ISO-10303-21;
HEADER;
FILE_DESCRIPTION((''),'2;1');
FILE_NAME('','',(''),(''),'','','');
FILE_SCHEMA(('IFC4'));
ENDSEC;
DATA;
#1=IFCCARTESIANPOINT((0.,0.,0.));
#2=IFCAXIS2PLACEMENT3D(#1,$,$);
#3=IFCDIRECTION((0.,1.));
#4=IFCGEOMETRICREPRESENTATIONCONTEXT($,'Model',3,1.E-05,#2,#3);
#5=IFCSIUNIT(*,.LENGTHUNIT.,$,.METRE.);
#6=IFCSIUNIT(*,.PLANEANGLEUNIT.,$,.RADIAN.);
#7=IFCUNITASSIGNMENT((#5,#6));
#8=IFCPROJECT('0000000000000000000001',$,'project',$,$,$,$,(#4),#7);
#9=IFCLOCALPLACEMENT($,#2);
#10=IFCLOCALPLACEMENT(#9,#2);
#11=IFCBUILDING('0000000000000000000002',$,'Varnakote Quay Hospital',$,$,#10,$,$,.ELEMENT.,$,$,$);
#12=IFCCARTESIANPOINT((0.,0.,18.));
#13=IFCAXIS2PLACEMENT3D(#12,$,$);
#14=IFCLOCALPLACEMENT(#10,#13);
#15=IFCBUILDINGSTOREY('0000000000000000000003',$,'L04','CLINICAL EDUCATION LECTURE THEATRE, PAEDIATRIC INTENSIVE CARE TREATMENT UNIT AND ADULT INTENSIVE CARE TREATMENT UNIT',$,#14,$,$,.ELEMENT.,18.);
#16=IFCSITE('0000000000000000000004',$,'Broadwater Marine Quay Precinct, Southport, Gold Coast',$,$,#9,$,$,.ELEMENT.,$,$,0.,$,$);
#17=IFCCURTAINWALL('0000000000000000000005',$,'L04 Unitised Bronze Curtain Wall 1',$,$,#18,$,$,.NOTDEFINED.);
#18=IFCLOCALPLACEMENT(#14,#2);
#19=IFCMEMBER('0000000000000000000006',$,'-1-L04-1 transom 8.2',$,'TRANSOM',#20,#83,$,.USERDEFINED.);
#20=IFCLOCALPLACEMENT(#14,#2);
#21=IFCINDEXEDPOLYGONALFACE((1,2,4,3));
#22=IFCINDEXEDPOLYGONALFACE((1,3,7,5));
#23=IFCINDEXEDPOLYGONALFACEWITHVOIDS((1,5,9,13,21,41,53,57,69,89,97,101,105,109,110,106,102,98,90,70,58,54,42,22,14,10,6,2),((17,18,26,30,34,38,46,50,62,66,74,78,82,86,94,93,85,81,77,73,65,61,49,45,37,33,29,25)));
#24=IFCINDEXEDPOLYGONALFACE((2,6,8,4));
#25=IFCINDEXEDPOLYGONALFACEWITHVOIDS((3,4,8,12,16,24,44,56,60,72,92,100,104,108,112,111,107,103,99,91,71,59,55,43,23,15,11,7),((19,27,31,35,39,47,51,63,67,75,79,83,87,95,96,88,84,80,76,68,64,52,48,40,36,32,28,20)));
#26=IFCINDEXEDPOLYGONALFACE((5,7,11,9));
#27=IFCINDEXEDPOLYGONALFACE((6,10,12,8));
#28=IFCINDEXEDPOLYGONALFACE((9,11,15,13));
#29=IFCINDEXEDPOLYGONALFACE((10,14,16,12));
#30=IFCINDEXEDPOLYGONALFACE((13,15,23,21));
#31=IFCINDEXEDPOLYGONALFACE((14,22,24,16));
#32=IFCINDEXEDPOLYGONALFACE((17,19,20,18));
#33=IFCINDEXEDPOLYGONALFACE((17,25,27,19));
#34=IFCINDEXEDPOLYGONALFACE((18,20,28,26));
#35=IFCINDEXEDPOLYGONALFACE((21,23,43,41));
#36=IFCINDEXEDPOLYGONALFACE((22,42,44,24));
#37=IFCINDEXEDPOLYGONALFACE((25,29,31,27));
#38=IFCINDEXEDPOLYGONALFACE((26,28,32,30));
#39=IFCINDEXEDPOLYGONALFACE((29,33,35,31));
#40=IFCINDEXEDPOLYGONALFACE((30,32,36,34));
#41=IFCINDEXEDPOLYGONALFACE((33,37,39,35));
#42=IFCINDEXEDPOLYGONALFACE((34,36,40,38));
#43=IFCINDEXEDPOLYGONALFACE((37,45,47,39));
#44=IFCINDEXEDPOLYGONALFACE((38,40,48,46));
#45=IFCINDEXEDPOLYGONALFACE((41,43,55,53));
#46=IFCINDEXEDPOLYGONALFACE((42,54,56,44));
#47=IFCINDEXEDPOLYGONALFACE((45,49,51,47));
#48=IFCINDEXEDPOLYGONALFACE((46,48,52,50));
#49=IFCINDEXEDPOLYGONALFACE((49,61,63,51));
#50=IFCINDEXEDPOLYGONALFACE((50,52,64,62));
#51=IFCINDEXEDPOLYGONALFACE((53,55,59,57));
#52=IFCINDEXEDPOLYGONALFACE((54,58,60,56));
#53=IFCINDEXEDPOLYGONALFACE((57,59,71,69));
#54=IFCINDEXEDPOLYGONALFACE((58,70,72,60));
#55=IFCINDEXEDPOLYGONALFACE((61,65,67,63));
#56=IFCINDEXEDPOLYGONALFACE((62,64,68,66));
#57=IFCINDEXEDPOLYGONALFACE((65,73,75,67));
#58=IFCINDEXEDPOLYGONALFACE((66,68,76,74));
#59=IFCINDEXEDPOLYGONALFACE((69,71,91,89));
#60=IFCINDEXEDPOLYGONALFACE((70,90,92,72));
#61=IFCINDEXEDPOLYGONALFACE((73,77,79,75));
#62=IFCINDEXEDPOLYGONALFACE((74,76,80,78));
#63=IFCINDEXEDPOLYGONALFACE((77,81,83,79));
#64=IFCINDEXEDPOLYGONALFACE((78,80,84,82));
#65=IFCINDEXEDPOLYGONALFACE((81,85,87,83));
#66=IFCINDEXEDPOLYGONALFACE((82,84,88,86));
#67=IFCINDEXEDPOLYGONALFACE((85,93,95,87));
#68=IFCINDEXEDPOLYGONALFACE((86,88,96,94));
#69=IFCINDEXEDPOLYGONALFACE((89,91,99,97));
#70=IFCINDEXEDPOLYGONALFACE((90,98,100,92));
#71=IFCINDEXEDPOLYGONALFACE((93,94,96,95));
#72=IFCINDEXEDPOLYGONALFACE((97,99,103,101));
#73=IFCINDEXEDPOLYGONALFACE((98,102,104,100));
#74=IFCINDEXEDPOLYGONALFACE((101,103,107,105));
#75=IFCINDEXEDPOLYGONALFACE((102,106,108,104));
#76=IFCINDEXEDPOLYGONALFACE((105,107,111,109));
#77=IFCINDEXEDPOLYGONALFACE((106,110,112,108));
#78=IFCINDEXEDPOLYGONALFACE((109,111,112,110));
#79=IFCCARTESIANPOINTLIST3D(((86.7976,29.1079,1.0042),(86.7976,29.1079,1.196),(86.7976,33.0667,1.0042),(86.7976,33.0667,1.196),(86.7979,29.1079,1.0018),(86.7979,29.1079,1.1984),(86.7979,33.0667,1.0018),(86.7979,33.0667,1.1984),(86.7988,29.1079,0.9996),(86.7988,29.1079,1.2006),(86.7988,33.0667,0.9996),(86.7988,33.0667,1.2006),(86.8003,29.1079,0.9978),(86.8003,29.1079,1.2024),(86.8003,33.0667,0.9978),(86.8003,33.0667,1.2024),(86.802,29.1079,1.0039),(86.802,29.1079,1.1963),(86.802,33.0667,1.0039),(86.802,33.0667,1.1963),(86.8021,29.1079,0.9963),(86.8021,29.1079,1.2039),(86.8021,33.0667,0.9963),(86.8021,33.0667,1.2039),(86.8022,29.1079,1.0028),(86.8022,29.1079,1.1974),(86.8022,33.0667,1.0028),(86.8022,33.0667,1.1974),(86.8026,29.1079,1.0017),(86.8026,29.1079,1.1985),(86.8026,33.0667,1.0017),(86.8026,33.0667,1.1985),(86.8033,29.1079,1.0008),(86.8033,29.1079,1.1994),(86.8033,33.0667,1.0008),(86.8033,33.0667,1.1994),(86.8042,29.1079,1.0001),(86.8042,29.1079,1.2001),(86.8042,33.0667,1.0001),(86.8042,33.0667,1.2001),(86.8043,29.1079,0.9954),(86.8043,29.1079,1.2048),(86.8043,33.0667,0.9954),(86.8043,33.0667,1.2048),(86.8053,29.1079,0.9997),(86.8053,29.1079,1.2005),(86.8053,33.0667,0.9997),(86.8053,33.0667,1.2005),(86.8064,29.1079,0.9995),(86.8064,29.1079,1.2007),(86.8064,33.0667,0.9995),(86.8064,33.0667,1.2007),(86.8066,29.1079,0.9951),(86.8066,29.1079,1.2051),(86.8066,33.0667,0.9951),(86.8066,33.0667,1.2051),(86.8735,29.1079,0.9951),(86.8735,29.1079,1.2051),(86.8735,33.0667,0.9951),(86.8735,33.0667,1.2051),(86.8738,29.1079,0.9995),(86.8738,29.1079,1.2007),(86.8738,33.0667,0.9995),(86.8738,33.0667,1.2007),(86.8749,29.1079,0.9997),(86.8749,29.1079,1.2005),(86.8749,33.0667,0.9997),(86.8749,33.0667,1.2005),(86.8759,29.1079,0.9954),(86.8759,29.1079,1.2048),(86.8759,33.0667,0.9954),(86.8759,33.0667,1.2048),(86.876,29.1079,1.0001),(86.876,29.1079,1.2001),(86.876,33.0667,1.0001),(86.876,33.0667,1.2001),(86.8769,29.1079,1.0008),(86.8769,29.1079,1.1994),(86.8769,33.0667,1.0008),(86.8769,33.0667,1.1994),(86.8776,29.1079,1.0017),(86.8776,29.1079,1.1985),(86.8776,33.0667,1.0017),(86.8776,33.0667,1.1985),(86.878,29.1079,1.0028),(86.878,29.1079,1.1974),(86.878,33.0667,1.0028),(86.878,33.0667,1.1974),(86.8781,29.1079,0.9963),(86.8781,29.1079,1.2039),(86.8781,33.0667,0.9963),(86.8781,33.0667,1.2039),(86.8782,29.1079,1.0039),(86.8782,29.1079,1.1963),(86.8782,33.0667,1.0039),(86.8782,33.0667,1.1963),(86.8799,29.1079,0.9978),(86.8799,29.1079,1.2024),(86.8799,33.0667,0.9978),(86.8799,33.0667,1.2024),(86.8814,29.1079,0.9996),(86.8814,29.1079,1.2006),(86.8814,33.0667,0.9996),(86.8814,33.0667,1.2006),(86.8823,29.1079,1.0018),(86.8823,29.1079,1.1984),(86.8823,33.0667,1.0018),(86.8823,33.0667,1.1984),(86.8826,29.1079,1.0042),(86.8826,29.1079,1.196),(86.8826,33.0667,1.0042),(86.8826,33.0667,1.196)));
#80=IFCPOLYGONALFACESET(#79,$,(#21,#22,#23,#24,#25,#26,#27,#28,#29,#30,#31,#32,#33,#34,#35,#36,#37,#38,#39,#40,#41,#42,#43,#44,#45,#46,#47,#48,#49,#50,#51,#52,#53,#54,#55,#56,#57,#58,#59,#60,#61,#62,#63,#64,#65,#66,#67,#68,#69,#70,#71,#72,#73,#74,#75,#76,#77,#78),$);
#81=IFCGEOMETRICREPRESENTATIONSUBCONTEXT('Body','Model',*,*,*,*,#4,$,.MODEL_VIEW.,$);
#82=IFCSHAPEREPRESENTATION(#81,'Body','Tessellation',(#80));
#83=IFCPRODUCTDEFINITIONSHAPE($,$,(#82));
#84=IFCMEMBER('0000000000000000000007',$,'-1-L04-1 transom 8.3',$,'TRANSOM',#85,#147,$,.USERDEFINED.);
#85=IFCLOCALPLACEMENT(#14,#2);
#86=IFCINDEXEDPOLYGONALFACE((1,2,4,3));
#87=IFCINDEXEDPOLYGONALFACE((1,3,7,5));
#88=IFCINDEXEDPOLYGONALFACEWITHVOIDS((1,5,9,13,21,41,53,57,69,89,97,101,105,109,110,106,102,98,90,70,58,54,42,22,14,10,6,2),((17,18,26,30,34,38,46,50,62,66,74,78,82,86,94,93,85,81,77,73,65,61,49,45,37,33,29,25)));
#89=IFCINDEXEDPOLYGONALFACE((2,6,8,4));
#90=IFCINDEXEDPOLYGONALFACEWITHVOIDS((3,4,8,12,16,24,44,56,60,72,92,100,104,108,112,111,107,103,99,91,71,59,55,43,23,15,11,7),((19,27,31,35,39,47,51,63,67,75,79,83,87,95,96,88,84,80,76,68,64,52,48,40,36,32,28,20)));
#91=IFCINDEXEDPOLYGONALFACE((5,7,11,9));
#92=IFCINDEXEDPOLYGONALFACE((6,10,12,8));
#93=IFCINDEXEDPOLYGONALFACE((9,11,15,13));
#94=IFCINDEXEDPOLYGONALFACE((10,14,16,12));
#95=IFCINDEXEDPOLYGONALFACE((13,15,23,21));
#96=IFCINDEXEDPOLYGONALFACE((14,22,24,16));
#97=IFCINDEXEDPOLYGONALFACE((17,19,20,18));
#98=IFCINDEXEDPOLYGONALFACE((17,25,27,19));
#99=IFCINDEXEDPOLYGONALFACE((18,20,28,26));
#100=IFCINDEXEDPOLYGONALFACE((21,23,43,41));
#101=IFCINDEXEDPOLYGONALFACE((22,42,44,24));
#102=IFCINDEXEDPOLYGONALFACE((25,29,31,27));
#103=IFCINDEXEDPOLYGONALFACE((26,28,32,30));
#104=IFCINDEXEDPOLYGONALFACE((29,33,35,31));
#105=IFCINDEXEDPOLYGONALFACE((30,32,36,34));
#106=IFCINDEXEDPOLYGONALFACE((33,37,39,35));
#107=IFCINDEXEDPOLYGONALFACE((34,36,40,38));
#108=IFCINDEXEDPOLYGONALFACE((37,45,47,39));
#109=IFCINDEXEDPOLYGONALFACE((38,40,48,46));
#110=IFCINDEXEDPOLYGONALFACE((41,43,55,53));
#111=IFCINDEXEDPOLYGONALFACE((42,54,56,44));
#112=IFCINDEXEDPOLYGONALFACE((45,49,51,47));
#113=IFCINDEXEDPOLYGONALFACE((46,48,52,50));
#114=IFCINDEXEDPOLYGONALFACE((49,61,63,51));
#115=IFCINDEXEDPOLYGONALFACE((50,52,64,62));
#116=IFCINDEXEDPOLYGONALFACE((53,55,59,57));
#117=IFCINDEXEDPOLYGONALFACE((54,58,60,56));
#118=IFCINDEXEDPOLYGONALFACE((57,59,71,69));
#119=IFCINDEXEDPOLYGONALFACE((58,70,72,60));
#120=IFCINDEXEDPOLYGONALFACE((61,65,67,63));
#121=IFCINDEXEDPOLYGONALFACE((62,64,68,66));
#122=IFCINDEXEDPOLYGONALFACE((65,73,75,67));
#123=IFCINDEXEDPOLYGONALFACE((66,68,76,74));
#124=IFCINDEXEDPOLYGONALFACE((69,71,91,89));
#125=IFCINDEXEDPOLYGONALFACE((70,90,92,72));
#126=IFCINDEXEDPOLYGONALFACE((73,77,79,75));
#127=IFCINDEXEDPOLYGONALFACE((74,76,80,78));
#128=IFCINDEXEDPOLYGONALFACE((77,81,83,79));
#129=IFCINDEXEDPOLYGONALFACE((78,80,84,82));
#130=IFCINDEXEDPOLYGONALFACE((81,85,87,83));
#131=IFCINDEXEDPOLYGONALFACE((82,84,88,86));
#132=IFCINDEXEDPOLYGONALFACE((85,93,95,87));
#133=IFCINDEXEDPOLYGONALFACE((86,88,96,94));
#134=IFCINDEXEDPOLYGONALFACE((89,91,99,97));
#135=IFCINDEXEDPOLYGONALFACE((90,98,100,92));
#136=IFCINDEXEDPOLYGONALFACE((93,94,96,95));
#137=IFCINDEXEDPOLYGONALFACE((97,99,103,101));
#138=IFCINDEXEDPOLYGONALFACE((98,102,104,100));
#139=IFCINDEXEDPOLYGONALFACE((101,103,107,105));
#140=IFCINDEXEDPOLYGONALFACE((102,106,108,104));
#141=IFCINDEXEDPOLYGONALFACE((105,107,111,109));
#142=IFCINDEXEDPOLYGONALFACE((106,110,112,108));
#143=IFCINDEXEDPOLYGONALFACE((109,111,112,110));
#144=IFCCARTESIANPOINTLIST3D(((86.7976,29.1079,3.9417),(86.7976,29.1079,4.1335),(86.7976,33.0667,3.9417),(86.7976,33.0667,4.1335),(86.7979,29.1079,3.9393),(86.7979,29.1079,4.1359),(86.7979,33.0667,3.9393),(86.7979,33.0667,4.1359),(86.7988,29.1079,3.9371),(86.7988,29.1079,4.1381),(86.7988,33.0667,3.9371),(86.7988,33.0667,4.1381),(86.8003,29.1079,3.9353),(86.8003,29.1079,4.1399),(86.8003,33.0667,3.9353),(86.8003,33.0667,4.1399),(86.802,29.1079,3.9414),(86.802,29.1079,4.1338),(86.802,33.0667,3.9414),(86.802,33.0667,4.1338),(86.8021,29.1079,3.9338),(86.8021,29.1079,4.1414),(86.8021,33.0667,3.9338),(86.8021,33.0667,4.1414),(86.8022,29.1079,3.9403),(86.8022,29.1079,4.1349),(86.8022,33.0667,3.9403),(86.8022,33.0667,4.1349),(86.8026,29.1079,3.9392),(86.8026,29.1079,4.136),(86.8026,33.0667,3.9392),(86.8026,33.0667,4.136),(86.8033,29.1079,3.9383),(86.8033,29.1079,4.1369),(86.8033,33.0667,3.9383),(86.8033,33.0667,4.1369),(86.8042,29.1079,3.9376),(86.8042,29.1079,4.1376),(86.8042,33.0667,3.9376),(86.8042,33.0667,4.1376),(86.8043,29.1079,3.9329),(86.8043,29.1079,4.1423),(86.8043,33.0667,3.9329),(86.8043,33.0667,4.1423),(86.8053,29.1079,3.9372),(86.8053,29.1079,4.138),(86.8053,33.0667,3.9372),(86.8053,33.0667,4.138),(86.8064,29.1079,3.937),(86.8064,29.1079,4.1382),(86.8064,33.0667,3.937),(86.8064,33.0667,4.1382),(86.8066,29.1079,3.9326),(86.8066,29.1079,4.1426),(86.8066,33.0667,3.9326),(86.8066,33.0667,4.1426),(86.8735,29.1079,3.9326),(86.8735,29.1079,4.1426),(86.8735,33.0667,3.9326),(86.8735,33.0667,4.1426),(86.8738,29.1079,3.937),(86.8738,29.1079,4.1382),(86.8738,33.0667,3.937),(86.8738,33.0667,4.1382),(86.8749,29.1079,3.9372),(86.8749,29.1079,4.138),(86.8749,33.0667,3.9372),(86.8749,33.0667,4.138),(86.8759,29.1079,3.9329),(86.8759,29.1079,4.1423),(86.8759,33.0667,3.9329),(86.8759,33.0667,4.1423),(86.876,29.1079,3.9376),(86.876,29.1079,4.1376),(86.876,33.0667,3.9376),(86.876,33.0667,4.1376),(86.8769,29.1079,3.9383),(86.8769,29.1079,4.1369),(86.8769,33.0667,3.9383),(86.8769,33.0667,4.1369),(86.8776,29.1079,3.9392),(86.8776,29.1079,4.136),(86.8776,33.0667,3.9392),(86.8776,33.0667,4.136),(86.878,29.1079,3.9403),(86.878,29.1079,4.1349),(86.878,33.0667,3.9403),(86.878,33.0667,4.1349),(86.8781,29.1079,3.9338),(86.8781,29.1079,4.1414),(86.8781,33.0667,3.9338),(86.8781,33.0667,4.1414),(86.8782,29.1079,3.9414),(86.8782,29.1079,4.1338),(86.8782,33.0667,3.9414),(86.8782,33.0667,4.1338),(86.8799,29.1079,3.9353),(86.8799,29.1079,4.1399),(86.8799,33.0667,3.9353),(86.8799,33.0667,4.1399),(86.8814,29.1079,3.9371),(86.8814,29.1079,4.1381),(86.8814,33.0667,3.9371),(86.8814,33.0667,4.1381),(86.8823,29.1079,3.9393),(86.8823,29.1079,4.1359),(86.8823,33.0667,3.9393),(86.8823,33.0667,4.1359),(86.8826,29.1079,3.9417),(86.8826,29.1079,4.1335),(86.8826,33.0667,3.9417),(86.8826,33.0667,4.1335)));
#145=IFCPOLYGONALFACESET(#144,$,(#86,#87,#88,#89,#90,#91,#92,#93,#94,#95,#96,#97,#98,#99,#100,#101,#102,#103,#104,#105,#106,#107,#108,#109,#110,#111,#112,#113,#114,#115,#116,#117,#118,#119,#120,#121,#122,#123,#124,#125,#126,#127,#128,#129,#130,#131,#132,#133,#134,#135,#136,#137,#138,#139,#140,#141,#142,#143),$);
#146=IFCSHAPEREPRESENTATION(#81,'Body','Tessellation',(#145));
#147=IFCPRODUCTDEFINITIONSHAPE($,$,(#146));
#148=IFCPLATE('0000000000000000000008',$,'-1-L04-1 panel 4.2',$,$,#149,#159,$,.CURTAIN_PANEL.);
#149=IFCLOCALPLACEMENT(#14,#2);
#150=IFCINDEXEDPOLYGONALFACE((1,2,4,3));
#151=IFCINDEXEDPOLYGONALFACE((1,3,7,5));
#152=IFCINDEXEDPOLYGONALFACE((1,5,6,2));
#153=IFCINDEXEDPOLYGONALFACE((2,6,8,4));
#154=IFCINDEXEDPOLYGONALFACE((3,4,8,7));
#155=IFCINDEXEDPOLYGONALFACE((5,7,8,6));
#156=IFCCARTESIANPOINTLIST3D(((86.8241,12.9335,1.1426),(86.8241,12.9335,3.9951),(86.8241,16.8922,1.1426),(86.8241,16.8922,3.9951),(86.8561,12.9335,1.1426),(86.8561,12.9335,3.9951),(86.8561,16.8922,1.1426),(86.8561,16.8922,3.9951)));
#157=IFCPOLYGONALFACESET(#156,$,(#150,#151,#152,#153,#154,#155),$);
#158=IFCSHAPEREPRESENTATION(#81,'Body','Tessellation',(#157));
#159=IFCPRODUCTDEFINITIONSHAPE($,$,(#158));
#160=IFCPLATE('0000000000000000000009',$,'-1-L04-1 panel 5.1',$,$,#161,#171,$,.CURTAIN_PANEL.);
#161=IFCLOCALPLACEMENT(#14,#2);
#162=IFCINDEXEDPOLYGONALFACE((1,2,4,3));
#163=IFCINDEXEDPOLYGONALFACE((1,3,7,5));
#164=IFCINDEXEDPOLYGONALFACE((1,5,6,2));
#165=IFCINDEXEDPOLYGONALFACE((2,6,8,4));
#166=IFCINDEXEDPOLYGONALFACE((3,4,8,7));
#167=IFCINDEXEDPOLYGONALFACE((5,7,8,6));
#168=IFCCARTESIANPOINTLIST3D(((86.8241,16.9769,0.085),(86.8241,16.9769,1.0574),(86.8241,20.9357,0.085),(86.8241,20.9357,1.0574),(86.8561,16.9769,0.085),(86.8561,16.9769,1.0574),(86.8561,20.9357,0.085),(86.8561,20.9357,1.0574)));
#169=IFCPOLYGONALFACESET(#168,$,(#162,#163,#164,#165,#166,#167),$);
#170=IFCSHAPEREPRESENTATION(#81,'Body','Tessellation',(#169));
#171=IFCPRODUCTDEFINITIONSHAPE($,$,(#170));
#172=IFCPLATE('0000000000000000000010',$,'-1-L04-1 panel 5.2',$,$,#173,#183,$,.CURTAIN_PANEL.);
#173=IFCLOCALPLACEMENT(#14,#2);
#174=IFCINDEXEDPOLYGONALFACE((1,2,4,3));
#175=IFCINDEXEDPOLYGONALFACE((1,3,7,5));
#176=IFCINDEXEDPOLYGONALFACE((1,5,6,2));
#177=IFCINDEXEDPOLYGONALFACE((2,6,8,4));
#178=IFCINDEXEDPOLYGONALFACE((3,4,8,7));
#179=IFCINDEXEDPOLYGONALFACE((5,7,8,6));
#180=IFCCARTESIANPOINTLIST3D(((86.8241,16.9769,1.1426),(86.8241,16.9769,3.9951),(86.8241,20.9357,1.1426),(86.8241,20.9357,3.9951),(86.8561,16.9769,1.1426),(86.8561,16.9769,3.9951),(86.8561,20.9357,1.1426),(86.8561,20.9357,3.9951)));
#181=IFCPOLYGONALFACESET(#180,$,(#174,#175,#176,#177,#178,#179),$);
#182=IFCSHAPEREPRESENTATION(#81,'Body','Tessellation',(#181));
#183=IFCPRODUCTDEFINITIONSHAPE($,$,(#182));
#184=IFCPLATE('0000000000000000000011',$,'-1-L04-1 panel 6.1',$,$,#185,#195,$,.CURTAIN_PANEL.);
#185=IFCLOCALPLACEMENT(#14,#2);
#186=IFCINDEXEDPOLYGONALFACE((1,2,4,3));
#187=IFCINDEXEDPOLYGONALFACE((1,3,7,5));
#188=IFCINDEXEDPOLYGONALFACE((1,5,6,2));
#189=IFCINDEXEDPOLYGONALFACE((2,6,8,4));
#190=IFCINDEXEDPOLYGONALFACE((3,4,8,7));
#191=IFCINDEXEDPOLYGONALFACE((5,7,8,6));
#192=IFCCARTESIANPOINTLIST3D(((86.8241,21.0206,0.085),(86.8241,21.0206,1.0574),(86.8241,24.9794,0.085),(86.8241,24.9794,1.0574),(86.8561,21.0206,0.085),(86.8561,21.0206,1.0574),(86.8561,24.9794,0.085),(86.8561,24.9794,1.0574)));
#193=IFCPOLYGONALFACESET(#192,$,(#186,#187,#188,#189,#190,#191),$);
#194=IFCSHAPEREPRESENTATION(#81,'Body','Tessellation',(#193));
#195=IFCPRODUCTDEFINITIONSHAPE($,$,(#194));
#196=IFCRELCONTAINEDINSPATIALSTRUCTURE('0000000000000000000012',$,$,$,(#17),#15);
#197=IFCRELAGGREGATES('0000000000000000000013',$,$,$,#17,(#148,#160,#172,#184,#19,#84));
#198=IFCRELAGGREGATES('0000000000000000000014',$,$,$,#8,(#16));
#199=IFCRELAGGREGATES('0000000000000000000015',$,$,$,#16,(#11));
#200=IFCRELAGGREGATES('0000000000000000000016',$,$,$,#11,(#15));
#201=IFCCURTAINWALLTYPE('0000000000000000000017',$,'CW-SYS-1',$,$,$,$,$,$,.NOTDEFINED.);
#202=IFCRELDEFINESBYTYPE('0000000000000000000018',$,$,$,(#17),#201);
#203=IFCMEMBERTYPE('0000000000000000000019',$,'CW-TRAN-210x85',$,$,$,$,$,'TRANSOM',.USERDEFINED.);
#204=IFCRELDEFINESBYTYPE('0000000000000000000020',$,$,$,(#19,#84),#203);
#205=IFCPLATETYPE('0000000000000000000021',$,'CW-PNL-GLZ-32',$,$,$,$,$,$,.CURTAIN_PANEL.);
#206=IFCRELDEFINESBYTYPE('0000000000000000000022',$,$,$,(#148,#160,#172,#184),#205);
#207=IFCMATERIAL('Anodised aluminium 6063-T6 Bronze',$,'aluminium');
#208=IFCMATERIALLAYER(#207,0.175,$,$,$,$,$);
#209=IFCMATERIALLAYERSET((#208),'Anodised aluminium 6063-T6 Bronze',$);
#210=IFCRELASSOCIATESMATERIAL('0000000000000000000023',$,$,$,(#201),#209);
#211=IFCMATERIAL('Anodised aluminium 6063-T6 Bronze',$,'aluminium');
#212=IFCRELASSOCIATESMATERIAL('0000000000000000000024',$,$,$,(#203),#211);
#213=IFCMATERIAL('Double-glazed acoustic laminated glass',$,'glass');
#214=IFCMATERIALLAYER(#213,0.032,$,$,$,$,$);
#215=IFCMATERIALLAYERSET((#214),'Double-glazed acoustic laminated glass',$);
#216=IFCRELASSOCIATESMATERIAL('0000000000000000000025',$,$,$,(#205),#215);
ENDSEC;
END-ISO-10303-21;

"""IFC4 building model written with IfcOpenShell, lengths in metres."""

from ifc_helpers import new_model, si_unit, direction, frame, origin, origin_2d, place, context, subcontext, project, spatial, rectangle, hollow_rectangle, extrude, material, layer, layer_set, material_profile, profile_set, type_object, element, aggregate, save


model = new_model("IFC4")

# Units and contexts
model_context = context("Model", 3, precision=1e-05, world=origin(), true_north=direction((0.0, 1.0)))
body_context = subcontext(model_context, "Body", "Model", "MODEL_VIEW")
ifc_project = project(units=[si_unit("LENGTHUNIT", "METRE"), si_unit("PLANEANGLEUNIT", "RADIAN")], contexts=[model_context])

# Site, building, storey
site_placement = place(None, origin())
site = spatial("IfcSite", under=ifc_project, at=site_placement, Name="Broadwater Marine Quay Precinct, Southport, Gold Coast", CompositionType="ELEMENT", RefElevation=0.0)
building_placement = place(site_placement, origin())
building = spatial("IfcBuilding", under=site, at=building_placement, Name="Varnakote Quay Hospital", CompositionType="ELEMENT")
storey_placement = place(building_placement, frame((0.0, 0.0, 18.0)))
storey = spatial("IfcBuildingStorey", under=building, at=storey_placement, Name="L04", Description="CLINICAL EDUCATION LECTURE THEATRE, PAEDIATRIC INTENSIVE CARE TREATMENT UNIT AND ADULT INTENSIVE CARE TREATMENT UNIT", CompositionType="ELEMENT", Elevation=18.0)

# Curtain wall, members, plates
ifc_material_1 = material(Name="Anodised aluminium 6063-T6 Bronze", Category="aluminium")
ifc_layer_1 = layer(ifc_material_1, 0.175)
ifc_layer_set_1 = layer_set([ifc_layer_1], Name="Anodised aluminium 6063-T6 Bronze")
curtain_wall_type = type_object("IfcCurtainWallType", Name="CW-SYS-1", PredefinedType="NOTDEFINED", material=ifc_layer_set_1)
curtain_wall_placement = place(storey_placement, origin())
curtain_wall = element("IfcCurtainWall", 1, at=curtain_wall_placement, inside=storey, type_object=curtain_wall_type, Name="L04 Unitised Bronze Curtain Wall 1", PredefinedType="NOTDEFINED")
ifc_material_2 = material(Name="Anodised aluminium 6063-T6 Bronze", Category="aluminium")
ifc_material_profile_1 = material_profile(ifc_material_2, hollow_rectangle(XDim=0.085, YDim=0.21, WallThickness=0.0044, InnerFilletRadius=0.0044, OuterFilletRadius=0.009, at=origin_2d()), Name="CW-TRAN-210x85")
ifc_profile_set_1 = profile_set([ifc_material_profile_1], Name="Anodised aluminium 6063-T6 Bronze")
member_type_1 = type_object("IfcMemberType", Name="CW-TRAN-210x85", ElementType="TRANSOM", PredefinedType="USERDEFINED", material=ifc_profile_set_1)
member_1_placement = place(storey_placement, frame((86.8401, 29.1079, 1.1001), z_axis=(0.0, 1.0, 0.0), x_axis=(-1.0, 0.0, 0.0)))
member_1 = element("IfcMember", 2, at=member_1_placement, type_object=member_type_1, Name="-1-L04-1 transom 8.2", ObjectType="TRANSOM", PredefinedType="USERDEFINED", context=body_context, shape_type="SweptSolid", body=[
    extrude(hollow_rectangle(XDim=0.085, YDim=0.21, WallThickness=0.0044, InnerFilletRadius=0.0044, OuterFilletRadius=0.009, at=origin_2d()), origin(), (0.0, 0.0, 1.0), 3.9587),
])
member_2_placement = place(storey_placement, frame((86.8401, 29.1079, 4.0376), z_axis=(0.0, 1.0, 0.0), x_axis=(-1.0, 0.0, 0.0)))
member_2 = element("IfcMember", 3, at=member_2_placement, type_object=member_type_1, Name="-1-L04-1 transom 8.3", ObjectType="TRANSOM", PredefinedType="USERDEFINED", context=body_context, shape_type="SweptSolid", body=[
    extrude(hollow_rectangle(XDim=0.085, YDim=0.21, WallThickness=0.0044, InnerFilletRadius=0.0044, OuterFilletRadius=0.009, at=origin_2d()), origin(), (0.0, 0.0, 1.0), 3.9587),
])
ifc_material_3 = material(Name="Double-glazed acoustic laminated glass", Category="glass")
ifc_layer_2 = layer(ifc_material_3, 0.032)
ifc_layer_set_2 = layer_set([ifc_layer_2], Name="Double-glazed acoustic laminated glass")
plate_type = type_object("IfcPlateType", Name="CW-PNL-GLZ-32", PredefinedType="CURTAIN_PANEL", material=ifc_layer_set_2)
plate_1_placement = place(storey_placement, frame((86.8401, 14.9128, 1.1426), z_axis=(0.0, 0.0, 1.0), x_axis=(0.0, 1.0, 0.0)))
plate_1 = element("IfcPlate", 4, at=plate_1_placement, type_object=plate_type, Name="-1-L04-1 panel 4.2", PredefinedType="CURTAIN_PANEL", context=body_context, shape_type="SweptSolid", body=[
    extrude(rectangle(XDim=3.9587, YDim=0.032, at=origin_2d()), origin(), (0.0, 0.0, 1.0), 2.8525),
])
plate_2_placement = place(storey_placement, frame((86.8401, 18.9563, 0.085), z_axis=(0.0, 0.0, 1.0), x_axis=(0.0, 1.0, 0.0)))
plate_2 = element("IfcPlate", 5, at=plate_2_placement, type_object=plate_type, Name="-1-L04-1 panel 5.1", PredefinedType="CURTAIN_PANEL", context=body_context, shape_type="SweptSolid", body=[
    extrude(rectangle(XDim=3.9587, YDim=0.032, at=origin_2d()), origin(), (0.0, 0.0, 1.0), 0.9724),
])
plate_3_placement = place(storey_placement, frame((86.8401, 18.9563, 1.1426), z_axis=(0.0, 0.0, 1.0), x_axis=(0.0, 1.0, 0.0)))
plate_3 = element("IfcPlate", 6, at=plate_3_placement, type_object=plate_type, Name="-1-L04-1 panel 5.2", PredefinedType="CURTAIN_PANEL", context=body_context, shape_type="SweptSolid", body=[
    extrude(rectangle(XDim=3.9587, YDim=0.032, at=origin_2d()), origin(), (0.0, 0.0, 1.0), 2.8525),
])
plate_4_placement = place(storey_placement, frame((86.8401, 23.0, 0.085), z_axis=(0.0, 0.0, 1.0), x_axis=(0.0, 1.0, 0.0)))
plate_4 = element("IfcPlate", 7, at=plate_4_placement, type_object=plate_type, Name="-1-L04-1 panel 6.1", PredefinedType="CURTAIN_PANEL", context=body_context, shape_type="SweptSolid", body=[
    extrude(rectangle(XDim=3.9587, YDim=0.032, at=origin_2d()), origin(), (0.0, 0.0, 1.0), 0.9724),
])
aggregate(curtain_wall, [plate_1, plate_2, plate_3, plate_4, member_1, member_2])

save(model, "model.ifc")
